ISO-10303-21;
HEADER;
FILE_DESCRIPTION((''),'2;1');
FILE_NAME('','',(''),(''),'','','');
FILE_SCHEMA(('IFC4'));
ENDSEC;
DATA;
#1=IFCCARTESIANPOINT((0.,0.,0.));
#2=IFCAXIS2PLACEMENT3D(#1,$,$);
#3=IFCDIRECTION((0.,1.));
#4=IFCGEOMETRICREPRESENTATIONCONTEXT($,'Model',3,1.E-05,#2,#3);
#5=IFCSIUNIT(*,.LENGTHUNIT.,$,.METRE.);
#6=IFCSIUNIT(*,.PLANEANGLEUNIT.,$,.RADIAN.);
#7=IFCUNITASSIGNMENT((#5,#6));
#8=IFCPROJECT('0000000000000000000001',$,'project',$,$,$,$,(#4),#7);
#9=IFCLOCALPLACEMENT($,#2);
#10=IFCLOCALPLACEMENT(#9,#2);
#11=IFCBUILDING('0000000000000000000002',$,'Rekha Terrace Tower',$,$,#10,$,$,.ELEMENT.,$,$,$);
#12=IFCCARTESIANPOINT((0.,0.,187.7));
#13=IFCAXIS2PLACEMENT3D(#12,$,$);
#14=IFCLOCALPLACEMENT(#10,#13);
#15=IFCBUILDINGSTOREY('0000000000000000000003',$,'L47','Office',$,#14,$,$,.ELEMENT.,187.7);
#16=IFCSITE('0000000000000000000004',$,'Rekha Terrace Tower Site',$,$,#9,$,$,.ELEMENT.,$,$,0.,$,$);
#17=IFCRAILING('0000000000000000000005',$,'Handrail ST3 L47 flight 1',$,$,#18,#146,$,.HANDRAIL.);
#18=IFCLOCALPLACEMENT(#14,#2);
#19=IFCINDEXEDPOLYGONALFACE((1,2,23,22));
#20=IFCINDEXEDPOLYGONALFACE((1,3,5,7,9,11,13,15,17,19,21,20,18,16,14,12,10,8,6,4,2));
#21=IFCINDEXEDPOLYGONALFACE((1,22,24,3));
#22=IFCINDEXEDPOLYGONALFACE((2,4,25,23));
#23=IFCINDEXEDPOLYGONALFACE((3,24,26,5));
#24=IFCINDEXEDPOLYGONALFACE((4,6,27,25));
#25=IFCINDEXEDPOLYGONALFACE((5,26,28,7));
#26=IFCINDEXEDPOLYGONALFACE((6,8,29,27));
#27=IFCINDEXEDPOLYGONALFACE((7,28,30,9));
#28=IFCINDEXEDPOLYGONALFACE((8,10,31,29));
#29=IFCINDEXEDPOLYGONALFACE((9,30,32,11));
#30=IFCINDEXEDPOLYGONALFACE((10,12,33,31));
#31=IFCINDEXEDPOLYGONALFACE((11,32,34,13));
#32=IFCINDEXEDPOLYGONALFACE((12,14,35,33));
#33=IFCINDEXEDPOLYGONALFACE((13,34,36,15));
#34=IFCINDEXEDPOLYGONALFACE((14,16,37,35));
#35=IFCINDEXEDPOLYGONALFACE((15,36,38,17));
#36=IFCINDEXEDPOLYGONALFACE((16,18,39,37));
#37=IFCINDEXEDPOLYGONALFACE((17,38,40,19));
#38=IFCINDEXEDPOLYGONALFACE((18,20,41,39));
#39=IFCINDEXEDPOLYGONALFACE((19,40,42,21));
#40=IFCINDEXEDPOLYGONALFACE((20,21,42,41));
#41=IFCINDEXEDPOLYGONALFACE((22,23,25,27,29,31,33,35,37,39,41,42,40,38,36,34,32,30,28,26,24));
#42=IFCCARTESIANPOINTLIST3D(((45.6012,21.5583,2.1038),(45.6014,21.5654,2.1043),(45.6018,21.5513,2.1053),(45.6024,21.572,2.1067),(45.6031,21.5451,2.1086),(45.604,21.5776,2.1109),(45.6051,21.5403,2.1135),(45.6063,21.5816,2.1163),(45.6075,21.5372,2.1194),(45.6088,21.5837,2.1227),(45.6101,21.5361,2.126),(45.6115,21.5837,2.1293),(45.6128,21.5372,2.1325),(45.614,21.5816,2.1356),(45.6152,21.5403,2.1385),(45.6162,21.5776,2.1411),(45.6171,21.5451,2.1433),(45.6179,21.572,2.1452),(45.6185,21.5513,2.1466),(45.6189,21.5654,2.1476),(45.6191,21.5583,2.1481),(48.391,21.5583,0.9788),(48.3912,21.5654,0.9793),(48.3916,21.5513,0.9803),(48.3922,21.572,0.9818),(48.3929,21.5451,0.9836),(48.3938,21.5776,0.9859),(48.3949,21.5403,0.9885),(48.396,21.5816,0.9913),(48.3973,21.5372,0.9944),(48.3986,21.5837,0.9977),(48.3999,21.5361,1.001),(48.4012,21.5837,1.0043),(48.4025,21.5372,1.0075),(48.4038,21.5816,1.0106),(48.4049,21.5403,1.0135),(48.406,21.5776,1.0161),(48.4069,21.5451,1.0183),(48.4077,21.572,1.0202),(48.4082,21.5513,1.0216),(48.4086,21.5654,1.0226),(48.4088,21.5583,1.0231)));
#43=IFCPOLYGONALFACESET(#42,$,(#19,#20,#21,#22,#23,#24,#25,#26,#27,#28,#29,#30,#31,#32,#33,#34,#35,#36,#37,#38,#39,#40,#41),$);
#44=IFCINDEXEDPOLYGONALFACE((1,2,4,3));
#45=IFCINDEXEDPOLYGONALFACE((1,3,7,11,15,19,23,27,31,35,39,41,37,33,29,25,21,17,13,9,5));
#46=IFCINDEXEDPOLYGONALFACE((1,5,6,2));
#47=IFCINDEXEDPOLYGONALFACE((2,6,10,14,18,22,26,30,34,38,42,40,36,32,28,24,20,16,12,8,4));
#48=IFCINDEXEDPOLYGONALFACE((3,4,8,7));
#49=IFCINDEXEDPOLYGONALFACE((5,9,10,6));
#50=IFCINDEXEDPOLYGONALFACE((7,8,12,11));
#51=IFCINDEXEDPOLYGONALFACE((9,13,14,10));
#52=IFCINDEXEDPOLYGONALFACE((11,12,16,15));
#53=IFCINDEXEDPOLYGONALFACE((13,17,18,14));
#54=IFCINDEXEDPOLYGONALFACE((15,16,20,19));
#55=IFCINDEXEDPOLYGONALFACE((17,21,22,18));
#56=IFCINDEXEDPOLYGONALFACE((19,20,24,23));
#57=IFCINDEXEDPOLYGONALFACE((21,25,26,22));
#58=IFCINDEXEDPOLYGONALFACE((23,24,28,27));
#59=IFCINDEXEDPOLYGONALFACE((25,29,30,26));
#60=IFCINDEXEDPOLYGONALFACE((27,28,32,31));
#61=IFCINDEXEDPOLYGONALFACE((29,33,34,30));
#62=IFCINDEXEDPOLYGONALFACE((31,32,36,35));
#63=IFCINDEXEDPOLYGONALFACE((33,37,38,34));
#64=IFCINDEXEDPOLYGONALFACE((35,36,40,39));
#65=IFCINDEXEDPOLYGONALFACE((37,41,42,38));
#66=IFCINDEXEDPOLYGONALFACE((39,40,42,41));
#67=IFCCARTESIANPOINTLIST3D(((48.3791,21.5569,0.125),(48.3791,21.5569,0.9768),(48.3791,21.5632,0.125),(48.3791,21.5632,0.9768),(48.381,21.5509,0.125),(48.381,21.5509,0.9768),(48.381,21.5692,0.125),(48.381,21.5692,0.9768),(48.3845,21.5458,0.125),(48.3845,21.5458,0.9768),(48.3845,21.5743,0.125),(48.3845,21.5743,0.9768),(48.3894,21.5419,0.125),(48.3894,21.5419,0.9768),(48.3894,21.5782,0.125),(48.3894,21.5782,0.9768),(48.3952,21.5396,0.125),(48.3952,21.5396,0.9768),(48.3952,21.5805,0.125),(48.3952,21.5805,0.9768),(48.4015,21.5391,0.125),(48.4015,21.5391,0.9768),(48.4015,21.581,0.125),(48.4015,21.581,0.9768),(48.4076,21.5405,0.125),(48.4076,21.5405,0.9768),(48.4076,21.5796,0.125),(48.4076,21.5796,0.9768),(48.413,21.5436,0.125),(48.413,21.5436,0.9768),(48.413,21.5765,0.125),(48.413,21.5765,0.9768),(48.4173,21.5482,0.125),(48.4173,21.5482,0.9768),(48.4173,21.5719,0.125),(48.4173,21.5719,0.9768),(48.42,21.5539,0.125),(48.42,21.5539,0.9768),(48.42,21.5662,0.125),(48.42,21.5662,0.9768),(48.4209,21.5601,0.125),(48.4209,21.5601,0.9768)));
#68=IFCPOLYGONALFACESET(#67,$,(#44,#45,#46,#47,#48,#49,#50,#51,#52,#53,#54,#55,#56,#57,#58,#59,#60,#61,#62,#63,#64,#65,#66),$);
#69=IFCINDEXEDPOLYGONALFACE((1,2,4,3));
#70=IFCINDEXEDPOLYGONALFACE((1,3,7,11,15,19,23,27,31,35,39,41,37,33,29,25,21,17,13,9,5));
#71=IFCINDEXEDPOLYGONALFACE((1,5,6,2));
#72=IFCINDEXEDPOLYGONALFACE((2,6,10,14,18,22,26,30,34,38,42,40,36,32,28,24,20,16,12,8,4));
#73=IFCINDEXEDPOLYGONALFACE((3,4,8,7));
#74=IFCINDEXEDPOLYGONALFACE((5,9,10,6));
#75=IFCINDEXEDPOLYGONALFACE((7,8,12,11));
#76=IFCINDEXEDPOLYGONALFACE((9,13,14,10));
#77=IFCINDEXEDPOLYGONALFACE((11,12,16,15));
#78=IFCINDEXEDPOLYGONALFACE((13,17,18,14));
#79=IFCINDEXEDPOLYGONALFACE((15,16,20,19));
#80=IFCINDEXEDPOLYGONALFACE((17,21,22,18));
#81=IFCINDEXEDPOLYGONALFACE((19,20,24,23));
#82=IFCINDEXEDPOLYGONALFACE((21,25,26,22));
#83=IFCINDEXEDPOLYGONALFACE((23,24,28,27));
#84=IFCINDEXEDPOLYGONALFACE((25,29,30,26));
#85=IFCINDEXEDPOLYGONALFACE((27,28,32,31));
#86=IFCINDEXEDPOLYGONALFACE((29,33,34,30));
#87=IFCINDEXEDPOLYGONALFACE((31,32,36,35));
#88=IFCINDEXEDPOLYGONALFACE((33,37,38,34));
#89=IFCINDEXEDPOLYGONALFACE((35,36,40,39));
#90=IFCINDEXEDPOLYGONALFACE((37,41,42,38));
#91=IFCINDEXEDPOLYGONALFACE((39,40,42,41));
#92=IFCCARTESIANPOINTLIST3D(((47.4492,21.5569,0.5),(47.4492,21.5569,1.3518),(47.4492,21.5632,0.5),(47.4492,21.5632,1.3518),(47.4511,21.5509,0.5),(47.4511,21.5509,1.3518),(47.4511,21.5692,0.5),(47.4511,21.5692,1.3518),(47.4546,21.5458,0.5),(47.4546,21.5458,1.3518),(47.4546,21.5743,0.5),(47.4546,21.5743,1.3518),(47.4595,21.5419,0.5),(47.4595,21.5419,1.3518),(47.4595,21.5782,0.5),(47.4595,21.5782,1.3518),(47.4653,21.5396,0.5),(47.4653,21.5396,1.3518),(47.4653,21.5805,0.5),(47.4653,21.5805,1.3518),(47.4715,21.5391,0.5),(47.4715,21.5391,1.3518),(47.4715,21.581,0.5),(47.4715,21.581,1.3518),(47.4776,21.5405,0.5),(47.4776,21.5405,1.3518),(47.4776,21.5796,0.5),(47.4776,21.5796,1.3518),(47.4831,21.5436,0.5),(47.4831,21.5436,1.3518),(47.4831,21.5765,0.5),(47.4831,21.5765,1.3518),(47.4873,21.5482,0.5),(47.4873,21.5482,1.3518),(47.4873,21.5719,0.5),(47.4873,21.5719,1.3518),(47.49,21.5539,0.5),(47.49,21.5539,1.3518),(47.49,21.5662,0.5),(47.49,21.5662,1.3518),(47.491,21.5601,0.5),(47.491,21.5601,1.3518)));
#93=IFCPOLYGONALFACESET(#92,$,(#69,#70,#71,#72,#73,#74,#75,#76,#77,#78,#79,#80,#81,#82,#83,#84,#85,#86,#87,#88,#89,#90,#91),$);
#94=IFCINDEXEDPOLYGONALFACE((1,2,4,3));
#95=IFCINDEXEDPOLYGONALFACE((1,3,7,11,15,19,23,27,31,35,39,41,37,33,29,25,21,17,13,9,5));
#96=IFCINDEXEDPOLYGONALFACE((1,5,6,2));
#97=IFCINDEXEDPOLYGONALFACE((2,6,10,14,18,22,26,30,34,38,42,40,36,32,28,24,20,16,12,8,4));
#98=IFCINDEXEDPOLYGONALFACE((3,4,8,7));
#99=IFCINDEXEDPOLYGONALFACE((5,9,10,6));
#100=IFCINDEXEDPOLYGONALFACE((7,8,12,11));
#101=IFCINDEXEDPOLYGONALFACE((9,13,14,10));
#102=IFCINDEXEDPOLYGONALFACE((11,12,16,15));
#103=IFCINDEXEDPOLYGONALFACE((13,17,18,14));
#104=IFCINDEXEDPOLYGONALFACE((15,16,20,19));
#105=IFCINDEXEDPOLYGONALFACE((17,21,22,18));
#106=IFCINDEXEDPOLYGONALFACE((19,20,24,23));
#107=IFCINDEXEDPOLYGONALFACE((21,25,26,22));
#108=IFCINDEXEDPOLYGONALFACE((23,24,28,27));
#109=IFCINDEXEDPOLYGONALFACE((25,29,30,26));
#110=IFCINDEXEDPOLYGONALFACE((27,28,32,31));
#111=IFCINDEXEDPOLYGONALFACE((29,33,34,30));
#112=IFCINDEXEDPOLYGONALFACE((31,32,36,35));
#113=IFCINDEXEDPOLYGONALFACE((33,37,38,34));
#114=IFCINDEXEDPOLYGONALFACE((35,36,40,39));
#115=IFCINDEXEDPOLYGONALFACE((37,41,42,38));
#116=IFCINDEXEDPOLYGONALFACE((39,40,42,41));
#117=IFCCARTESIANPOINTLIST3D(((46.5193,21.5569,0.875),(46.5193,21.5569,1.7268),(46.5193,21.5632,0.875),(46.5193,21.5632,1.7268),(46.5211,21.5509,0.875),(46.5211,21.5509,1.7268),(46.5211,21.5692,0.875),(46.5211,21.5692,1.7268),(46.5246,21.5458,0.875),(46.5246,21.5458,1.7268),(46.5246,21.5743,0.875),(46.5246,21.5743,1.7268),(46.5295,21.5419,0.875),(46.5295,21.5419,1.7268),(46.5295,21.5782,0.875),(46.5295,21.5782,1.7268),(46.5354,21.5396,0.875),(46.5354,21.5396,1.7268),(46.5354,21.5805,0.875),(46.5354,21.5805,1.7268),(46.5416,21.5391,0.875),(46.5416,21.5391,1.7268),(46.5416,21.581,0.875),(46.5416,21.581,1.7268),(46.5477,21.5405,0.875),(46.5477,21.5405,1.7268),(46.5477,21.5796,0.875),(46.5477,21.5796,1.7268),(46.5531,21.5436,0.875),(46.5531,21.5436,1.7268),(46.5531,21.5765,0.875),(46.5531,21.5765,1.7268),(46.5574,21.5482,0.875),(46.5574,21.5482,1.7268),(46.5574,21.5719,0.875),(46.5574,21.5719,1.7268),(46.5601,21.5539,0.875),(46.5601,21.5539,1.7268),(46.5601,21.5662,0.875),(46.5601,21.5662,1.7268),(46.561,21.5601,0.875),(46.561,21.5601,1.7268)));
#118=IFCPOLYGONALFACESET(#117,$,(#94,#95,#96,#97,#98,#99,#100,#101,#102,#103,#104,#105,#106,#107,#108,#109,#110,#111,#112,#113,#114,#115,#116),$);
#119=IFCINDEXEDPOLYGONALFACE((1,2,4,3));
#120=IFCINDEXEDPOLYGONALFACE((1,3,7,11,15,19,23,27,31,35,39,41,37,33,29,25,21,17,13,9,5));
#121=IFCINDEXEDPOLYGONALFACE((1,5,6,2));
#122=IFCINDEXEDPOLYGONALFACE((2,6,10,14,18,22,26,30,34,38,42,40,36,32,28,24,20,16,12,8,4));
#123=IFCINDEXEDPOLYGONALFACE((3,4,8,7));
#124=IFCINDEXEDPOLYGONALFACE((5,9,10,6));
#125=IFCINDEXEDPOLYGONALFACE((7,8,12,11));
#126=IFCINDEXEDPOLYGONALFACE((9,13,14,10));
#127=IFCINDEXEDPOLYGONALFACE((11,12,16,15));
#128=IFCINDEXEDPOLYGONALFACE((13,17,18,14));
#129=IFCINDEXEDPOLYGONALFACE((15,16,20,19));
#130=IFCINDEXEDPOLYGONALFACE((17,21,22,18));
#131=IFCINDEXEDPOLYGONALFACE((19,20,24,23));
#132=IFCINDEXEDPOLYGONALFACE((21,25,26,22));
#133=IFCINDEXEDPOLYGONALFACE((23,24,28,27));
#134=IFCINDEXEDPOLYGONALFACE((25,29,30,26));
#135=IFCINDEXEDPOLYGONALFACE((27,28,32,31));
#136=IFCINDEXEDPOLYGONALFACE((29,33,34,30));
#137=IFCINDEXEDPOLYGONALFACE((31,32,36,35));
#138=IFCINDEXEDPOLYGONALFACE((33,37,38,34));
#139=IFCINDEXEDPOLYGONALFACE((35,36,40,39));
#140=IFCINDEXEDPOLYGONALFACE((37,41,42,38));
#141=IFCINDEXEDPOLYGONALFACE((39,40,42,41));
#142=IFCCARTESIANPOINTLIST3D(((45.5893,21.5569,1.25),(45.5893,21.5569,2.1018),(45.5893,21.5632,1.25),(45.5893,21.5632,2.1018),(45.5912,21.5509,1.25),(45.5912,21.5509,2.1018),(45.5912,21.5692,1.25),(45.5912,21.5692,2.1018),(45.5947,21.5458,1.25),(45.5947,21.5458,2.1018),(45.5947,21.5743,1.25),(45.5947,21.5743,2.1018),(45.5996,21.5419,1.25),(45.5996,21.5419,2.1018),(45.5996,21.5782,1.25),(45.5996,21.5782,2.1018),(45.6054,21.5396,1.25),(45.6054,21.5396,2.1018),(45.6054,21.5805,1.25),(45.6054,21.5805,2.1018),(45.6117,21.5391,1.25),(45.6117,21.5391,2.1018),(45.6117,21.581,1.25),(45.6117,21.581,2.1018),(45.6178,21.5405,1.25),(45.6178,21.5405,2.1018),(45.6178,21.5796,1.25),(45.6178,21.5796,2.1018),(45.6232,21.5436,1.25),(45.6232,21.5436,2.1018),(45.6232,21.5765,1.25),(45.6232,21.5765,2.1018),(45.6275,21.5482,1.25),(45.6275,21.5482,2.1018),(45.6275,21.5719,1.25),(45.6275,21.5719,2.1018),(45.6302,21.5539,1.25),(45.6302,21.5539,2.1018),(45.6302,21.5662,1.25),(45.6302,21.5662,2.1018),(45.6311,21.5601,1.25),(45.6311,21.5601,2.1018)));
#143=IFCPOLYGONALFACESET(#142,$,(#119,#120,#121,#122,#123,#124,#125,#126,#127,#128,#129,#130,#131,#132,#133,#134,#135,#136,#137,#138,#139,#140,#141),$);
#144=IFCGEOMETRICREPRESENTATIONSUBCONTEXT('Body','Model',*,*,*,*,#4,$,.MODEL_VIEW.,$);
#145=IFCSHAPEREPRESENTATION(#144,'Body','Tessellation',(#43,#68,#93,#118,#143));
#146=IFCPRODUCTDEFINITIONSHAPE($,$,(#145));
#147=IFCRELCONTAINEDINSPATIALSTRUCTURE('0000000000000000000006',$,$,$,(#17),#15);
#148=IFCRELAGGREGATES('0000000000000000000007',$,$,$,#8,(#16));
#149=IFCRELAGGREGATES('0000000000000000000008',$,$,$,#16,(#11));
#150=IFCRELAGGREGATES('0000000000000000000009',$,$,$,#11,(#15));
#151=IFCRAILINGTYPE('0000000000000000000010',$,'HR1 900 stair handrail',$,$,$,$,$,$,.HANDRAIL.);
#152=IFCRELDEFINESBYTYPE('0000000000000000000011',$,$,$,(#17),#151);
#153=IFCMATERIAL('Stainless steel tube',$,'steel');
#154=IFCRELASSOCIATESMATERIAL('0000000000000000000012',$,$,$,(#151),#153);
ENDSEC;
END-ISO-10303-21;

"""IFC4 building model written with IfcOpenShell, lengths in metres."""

from ifc_helpers import new_model, si_unit, direction, frame, origin, origin_2d, place, context, subcontext, project, spatial, circle, extrude, material, type_object, element, save


model = new_model("IFC4")

# Units and contexts
model_context = context("Model", 3, precision=1e-05, world=origin(), true_north=direction((0.0, 1.0)))
body_context = subcontext(model_context, "Body", "Model", "MODEL_VIEW")
ifc_project = project(units=[si_unit("LENGTHUNIT", "METRE"), si_unit("PLANEANGLEUNIT", "RADIAN")], contexts=[model_context])

# Site, building, storey
site_placement = place(None, origin())
site = spatial("IfcSite", under=ifc_project, at=site_placement, Name="Rekha Terrace Tower Site", CompositionType="ELEMENT", RefElevation=0.0)
building_placement = place(site_placement, origin())
building = spatial("IfcBuilding", under=site, at=building_placement, Name="Rekha Terrace Tower", CompositionType="ELEMENT")
storey_placement = place(building_placement, frame((0.0, 0.0, 187.7)))
storey = spatial("IfcBuildingStorey", under=building, at=storey_placement, Name="L47", Description="Office", CompositionType="ELEMENT", Elevation=187.7)

# Railing
ifc_material_1 = material(Name="Stainless steel tube", Category="steel")
railing_type_1 = type_object("IfcRailingType", Name="HR1 900 stair handrail", PredefinedType="HANDRAIL", material=ifc_material_1)
railing_1_placement = place(storey_placement, frame((48.3999, 21.5601, 0.125)))
element("IfcRailing", 1, at=railing_1_placement, inside=storey, type_object=railing_type_1, Name="Handrail ST3 L47 flight 1", PredefinedType="HANDRAIL", context=body_context, shape_type="SweptSolid", body=[
    extrude(circle(Radius=0.0239, at=origin_2d()), frame((0.0, 0.0, 0.876), z_axis=(-0.927432, 0.0, 0.373992), x_axis=(0.0, -1.0, 0.0)), (0.0, 0.0, 1.0), 3.0081),
    extrude(circle(Radius=0.021, at=origin_2d()), origin(), (0.0, 0.0, 1.0), 0.8518),
    extrude(circle(Radius=0.021, at=origin_2d()), frame((-0.9299, 0.0, 0.375)), (0.0, 0.0, 1.0), 0.8518),
    extrude(circle(Radius=0.021, at=origin_2d()), frame((-1.8599, 0.0, 0.75)), (0.0, 0.0, 1.0), 0.8518),
    extrude(circle(Radius=0.021, at=origin_2d()), frame((-2.7898, 0.0, 1.125)), (0.0, 0.0, 1.0), 0.8518),
])

save(model, "model.ifc")
